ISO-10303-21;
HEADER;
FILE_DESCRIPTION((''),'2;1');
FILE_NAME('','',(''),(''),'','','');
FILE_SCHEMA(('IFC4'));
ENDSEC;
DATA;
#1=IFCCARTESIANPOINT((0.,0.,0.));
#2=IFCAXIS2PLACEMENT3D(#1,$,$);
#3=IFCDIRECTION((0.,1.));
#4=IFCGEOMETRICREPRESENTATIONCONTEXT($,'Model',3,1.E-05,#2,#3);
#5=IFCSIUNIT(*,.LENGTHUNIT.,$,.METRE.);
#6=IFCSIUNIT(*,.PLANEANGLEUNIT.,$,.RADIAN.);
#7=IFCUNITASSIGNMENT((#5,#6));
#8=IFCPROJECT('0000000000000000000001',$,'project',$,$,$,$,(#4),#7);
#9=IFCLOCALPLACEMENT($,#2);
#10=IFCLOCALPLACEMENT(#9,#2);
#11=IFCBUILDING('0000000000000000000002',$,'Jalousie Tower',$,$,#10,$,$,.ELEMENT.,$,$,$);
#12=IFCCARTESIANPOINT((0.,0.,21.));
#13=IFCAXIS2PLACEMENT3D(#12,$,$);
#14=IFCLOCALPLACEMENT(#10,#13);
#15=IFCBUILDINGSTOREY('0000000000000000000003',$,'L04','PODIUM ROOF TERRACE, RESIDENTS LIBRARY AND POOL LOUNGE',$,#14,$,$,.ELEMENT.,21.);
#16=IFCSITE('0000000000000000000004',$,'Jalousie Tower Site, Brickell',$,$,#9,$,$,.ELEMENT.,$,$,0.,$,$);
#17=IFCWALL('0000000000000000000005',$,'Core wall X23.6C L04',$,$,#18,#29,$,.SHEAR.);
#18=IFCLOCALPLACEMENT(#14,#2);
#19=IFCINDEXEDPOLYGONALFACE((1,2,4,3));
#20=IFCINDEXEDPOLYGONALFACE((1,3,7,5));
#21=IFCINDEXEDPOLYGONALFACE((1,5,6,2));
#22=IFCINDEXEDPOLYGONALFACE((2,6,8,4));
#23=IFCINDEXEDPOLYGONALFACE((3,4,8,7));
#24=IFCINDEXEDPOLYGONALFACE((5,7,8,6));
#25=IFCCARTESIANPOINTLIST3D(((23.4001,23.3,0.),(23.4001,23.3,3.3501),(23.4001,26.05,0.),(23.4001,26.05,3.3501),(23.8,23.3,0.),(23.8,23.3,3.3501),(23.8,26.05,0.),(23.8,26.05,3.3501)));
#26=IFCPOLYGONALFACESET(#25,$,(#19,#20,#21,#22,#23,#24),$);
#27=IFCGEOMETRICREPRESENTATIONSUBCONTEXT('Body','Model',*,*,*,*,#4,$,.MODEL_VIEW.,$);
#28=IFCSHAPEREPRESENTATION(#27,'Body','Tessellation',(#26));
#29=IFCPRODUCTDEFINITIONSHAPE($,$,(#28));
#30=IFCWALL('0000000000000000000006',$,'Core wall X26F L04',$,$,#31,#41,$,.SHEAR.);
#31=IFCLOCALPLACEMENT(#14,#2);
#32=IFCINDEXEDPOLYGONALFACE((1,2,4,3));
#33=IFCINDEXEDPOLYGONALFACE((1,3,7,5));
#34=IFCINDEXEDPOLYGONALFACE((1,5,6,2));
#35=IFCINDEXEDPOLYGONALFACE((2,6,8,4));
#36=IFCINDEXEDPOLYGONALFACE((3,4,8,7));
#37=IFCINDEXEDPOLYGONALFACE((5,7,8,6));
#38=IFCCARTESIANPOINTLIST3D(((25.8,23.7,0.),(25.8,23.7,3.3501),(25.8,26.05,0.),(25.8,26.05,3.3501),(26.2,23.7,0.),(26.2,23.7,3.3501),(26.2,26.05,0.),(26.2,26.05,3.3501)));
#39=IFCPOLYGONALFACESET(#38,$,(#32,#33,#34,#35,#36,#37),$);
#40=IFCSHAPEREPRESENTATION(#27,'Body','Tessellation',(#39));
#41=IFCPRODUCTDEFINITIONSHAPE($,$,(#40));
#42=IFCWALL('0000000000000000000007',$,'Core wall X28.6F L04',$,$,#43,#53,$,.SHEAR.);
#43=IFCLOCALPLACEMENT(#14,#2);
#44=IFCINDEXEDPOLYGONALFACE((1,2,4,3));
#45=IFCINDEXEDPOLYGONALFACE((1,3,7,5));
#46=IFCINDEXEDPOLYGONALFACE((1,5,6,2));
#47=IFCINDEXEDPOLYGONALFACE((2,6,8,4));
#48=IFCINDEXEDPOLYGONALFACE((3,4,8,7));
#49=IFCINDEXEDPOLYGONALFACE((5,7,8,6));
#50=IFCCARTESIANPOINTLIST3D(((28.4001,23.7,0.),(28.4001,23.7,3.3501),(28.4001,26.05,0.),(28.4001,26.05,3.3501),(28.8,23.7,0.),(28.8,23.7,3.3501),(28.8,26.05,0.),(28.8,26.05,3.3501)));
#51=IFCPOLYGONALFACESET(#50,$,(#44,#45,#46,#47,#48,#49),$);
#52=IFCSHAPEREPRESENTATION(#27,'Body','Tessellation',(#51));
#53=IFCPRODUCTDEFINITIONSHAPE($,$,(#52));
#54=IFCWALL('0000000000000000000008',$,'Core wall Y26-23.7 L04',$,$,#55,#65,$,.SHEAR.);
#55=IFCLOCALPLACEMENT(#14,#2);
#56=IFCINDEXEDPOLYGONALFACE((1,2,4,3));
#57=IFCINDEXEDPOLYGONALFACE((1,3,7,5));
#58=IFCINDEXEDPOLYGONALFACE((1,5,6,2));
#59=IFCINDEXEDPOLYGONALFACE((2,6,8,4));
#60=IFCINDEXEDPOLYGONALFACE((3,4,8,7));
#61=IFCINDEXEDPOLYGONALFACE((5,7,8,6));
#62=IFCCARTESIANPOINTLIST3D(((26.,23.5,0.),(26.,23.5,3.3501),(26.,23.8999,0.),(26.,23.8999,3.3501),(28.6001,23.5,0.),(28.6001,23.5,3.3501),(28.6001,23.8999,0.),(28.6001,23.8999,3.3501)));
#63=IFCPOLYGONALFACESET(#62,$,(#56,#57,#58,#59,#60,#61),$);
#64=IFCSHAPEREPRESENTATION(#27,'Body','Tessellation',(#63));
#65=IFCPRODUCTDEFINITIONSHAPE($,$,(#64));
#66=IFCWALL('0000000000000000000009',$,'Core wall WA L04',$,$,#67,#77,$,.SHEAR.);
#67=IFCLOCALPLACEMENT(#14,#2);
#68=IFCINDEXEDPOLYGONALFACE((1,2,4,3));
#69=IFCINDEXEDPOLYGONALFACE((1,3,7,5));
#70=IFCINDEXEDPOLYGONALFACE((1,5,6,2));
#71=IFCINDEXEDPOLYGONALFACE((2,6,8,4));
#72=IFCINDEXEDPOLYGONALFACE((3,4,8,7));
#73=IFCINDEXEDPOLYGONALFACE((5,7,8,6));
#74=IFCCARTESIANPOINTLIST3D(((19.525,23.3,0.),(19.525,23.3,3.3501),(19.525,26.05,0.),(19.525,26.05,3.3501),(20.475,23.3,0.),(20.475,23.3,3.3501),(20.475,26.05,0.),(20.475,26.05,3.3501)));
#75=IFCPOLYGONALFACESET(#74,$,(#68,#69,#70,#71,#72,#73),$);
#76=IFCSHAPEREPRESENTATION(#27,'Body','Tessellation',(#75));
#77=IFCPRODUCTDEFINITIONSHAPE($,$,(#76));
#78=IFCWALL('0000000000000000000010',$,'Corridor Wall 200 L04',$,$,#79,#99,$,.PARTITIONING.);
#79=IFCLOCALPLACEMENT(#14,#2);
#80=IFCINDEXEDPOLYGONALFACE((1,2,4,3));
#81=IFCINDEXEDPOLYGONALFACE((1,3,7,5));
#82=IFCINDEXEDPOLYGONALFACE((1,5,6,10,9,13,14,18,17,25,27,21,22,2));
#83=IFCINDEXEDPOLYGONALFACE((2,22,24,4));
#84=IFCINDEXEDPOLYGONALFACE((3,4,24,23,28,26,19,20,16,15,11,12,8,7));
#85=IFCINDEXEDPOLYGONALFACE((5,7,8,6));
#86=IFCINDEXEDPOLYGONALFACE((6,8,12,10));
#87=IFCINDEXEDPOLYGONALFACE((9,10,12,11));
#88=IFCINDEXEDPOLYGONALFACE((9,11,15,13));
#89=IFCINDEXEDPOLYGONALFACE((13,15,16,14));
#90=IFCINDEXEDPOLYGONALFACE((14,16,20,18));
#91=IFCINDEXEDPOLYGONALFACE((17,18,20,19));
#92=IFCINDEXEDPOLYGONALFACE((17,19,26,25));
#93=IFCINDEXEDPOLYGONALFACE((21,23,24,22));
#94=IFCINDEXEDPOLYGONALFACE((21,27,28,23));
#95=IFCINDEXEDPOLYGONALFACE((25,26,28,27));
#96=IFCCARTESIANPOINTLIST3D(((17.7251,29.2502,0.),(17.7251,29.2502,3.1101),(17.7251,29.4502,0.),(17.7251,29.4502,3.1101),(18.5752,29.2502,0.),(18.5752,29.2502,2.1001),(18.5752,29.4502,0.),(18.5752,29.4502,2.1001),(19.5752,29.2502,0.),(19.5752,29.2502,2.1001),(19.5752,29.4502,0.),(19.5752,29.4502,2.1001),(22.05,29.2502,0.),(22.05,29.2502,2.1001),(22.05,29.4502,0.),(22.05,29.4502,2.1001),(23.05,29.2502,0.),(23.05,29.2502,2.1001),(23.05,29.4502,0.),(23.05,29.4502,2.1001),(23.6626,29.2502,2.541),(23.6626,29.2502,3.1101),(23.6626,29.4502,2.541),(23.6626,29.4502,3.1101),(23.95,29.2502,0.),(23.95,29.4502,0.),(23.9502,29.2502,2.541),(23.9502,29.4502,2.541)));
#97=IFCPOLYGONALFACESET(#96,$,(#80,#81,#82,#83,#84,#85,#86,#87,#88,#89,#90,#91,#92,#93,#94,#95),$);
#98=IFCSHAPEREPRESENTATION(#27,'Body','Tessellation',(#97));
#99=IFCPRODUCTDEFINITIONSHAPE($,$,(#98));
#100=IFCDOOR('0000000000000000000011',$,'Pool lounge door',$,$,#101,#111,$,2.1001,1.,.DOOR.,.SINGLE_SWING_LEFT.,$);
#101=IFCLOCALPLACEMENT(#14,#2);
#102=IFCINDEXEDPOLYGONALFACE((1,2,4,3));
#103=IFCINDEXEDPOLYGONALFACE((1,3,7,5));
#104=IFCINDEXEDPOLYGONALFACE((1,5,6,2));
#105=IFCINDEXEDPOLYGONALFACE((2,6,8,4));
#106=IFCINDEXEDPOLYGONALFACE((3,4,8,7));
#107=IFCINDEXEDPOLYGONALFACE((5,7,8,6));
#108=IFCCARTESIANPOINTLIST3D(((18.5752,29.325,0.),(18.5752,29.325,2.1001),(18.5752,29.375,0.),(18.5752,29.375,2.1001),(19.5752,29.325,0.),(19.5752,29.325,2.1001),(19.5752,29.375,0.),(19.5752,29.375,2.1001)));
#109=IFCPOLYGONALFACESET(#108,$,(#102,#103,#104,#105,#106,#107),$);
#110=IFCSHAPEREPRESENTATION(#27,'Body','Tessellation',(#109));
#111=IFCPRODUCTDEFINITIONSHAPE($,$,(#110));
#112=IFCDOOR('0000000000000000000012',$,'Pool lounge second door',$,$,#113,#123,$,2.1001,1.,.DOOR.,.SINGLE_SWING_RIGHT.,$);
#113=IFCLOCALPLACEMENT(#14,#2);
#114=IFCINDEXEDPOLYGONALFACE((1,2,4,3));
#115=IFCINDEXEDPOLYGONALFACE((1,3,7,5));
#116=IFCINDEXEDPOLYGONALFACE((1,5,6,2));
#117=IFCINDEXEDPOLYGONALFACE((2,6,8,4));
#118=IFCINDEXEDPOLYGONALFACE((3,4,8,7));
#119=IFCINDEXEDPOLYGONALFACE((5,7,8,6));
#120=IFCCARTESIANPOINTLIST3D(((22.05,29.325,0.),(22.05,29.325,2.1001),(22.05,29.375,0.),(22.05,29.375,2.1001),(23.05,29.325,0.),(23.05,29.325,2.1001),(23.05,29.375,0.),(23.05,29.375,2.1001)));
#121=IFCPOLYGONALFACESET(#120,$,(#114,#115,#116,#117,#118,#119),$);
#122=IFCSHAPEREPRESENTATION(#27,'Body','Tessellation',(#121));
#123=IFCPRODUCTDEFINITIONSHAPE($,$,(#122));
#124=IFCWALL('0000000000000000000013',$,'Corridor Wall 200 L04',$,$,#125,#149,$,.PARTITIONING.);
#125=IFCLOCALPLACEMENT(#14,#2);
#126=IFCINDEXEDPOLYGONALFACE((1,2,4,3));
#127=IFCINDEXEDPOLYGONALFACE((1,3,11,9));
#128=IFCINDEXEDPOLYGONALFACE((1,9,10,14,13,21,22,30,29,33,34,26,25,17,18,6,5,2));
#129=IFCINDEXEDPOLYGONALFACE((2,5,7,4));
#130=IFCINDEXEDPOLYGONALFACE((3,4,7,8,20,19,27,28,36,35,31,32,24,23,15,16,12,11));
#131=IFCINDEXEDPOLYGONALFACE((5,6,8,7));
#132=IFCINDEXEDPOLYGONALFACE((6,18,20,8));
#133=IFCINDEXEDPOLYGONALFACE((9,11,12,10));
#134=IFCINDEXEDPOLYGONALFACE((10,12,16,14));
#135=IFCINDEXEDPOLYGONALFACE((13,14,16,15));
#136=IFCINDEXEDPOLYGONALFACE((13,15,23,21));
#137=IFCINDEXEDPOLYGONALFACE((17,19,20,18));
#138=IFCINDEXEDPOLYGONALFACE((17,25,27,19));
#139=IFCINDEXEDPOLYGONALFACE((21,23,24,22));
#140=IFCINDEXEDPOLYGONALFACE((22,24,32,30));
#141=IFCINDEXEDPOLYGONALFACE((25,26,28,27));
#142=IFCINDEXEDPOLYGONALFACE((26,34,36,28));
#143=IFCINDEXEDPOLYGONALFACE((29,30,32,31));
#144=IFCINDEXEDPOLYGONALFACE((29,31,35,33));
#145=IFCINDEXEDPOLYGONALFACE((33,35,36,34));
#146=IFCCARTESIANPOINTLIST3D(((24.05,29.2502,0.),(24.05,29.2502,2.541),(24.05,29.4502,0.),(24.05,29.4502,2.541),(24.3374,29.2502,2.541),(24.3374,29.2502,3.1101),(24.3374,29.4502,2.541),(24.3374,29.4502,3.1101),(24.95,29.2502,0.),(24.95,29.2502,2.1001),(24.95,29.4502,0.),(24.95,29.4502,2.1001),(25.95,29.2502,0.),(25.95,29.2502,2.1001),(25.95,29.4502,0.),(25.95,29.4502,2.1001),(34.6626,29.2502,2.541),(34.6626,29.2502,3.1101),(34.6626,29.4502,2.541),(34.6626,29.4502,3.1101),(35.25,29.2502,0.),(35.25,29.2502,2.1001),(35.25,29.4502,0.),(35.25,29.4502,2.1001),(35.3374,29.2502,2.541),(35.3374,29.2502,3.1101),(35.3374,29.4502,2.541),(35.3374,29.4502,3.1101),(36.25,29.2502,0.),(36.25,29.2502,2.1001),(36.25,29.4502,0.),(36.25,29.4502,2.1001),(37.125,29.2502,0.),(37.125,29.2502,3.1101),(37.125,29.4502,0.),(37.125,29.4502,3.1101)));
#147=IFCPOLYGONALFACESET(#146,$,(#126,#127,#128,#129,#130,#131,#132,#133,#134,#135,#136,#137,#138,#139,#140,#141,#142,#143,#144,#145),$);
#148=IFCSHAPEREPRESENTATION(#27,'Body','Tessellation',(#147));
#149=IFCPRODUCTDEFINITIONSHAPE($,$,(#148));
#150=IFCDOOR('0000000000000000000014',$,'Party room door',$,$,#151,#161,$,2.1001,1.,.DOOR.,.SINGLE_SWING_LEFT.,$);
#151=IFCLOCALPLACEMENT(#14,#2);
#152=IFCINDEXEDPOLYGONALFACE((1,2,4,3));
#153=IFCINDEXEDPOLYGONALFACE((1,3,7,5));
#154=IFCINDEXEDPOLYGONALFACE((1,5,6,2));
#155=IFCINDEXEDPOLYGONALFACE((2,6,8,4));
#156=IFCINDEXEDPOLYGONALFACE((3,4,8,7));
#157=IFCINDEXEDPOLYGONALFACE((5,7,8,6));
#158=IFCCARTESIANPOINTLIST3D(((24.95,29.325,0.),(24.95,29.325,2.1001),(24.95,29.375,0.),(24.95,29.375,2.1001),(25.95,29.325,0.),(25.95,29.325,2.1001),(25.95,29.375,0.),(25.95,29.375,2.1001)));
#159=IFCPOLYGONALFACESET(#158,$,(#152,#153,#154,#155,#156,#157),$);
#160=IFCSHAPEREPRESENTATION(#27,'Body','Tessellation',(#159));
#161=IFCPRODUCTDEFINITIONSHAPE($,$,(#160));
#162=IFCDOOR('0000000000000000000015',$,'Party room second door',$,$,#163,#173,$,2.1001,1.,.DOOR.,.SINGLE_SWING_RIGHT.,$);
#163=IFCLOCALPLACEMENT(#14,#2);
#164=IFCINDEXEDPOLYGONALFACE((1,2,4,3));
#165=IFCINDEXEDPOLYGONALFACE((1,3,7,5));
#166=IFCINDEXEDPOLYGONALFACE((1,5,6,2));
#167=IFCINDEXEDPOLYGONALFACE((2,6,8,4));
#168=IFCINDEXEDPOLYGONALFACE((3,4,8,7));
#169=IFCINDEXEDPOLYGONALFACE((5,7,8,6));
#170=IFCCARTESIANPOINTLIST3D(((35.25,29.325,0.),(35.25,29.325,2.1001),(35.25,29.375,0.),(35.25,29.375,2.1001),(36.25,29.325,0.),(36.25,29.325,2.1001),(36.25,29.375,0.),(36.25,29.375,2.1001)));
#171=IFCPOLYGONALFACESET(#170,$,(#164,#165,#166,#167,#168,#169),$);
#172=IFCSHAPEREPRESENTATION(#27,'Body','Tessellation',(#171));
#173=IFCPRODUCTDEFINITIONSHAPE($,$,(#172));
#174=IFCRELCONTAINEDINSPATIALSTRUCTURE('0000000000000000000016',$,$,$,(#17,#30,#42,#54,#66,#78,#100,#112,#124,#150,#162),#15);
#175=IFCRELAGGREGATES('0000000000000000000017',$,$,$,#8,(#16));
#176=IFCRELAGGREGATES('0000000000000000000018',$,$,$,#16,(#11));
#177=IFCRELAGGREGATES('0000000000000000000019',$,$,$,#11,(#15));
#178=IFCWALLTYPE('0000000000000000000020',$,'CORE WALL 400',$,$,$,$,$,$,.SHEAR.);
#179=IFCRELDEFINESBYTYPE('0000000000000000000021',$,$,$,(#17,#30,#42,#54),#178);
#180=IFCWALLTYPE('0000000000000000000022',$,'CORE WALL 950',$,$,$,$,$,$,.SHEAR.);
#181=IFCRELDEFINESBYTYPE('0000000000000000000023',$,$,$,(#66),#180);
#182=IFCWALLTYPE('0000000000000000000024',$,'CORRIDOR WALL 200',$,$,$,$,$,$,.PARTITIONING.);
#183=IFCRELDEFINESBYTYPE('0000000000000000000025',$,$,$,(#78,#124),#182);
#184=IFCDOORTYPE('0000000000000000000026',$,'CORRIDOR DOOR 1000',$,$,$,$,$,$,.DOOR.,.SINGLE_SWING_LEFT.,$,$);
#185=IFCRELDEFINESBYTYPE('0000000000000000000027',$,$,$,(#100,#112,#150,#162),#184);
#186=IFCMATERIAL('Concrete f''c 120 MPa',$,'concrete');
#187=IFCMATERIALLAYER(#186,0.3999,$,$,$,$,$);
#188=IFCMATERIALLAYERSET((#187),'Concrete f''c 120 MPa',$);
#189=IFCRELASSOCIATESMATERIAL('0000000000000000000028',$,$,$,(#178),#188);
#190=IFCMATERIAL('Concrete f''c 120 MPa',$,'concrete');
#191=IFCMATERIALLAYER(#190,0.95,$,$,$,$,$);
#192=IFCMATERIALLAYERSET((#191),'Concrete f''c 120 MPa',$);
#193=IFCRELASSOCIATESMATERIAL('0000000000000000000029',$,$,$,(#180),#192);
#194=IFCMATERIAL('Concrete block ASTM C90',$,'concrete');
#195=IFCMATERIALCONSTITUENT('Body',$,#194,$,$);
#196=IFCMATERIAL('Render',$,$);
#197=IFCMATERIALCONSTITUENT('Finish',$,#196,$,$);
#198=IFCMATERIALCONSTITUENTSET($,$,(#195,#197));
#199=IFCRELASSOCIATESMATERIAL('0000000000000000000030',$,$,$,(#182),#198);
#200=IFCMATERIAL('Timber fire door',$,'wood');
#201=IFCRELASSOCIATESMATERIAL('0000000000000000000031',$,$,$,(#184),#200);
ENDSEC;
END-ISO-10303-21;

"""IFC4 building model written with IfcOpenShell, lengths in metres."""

from ifc_helpers import new_model, si_unit, direction, frame, frame_2d, origin, place, context, subcontext, project, spatial, polyline, rectangle, outline, extrude, material, layer, layer_set, constituent, constituent_set, type_object, element, fill, save


model = new_model("IFC4")

# Units and contexts
model_context = context("Model", 3, precision=1e-05, world=origin(), true_north=direction((0.0, 1.0)))
body_context = subcontext(model_context, "Body", "Model", "MODEL_VIEW")
ifc_project = project(units=[si_unit("LENGTHUNIT", "METRE"), si_unit("PLANEANGLEUNIT", "RADIAN")], contexts=[model_context])

# Site, building, storey
site_placement = place(None, origin())
site = spatial("IfcSite", under=ifc_project, at=site_placement, Name="Jalousie Tower Site, Brickell", CompositionType="ELEMENT", RefElevation=0.0)
building_placement = place(site_placement, origin())
building = spatial("IfcBuilding", under=site, at=building_placement, Name="Jalousie Tower", CompositionType="ELEMENT")
storey_placement = place(building_placement, frame((0.0, 0.0, 21.0)))
storey = spatial("IfcBuildingStorey", under=building, at=storey_placement, Name="L04", Description="PODIUM ROOF TERRACE, RESIDENTS LIBRARY AND POOL LOUNGE", CompositionType="ELEMENT", Elevation=21.0)

# Walls
ifc_material_1 = material(Name="Concrete f'c 120 MPa", Category="concrete")
ifc_layer_1 = layer(ifc_material_1, 0.3999)
ifc_layer_set_1 = layer_set([ifc_layer_1], Name="Concrete f'c 120 MPa")
wall_type_1 = type_object("IfcWallType", Name="CORE WALL 400", PredefinedType="SHEAR", material=ifc_layer_set_1)
wall_1_placement = place(storey_placement, frame((23.6001, 23.3, 0.0), z_axis=(0.0, 0.0, 1.0), x_axis=(0.0, 1.0, 0.0)))
element("IfcWall", 1, at=wall_1_placement, inside=storey, type_object=wall_type_1, Name="Core wall X23.6C L04", PredefinedType="SHEAR", context=body_context, shape_type="SweptSolid", body=[
    extrude(rectangle(XDim=2.75, YDim=0.3999, at=frame_2d((1.375, 0.0))), origin(), (0.0, 0.0, 1.0), 3.3501),
])
for number, where, z_axis, x_axis, name in (
    (2, (26.0, 23.7, 0.0), (0.0, 0.0, 1.0), (0.0, 1.0, 0.0), "Core wall X26F L04"),
    (3, (28.6001, 23.7, 0.0), (0.0, 0.0, 1.0), (0.0, 1.0, 0.0), "Core wall X28.6F L04"),
):
    element("IfcWall", number, at=place(storey_placement, frame(where, z_axis=z_axis, x_axis=x_axis)), inside=storey, type_object=wall_type_1, Name=name, PredefinedType="SHEAR", context=body_context, shape_type="SweptSolid", body=[
        extrude(rectangle(XDim=2.3501, YDim=0.3999, at=frame_2d((1.175, 0.0))), origin(), (0.0, 0.0, 1.0), 3.3501),
    ])
wall_2_placement = place(storey_placement, frame((26.0, 23.7, 0.0), z_axis=(0.0, 0.0, 1.0), x_axis=(1.0, 0.0, 0.0)))
element("IfcWall", 4, at=wall_2_placement, inside=storey, type_object=wall_type_1, Name="Core wall Y26-23.7 L04", PredefinedType="SHEAR", context=body_context, shape_type="SweptSolid", body=[
    extrude(rectangle(XDim=2.6001, YDim=0.3999, at=frame_2d((1.3, 0.0))), origin(), (0.0, 0.0, 1.0), 3.3501),
])
ifc_material_2 = material(Name="Concrete f'c 120 MPa", Category="concrete")
ifc_layer_2 = layer(ifc_material_2, 0.95)
ifc_layer_set_2 = layer_set([ifc_layer_2], Name="Concrete f'c 120 MPa")
wall_type_2 = type_object("IfcWallType", Name="CORE WALL 950", PredefinedType="SHEAR", material=ifc_layer_set_2)
wall_3_placement = place(storey_placement, frame((20.0, 26.05, 0.0), z_axis=(0.0, 0.0, 1.0), x_axis=(0.0, -1.0, 0.0)))
element("IfcWall", 5, at=wall_3_placement, inside=storey, type_object=wall_type_2, Name="Core wall WA L04", PredefinedType="SHEAR", context=body_context, shape_type="SweptSolid", body=[
    extrude(rectangle(XDim=2.75, YDim=0.95, at=frame_2d((1.375, 0.0))), origin(), (0.0, 0.0, 1.0), 3.3501),
])

# Walls, openings, doors
ifc_material_3 = material(Name="Concrete block ASTM C90", Category="concrete")
ifc_constituent_1 = constituent(ifc_material_3, Name="Body")
ifc_material_4 = material(Name="Render")
ifc_constituent_2 = constituent(ifc_material_4, Name="Finish")
ifc_constituent_set_1 = constituent_set(constituents=[ifc_constituent_1, ifc_constituent_2])
wall_type_3 = type_object("IfcWallType", Name="CORRIDOR WALL 200", PredefinedType="PARTITIONING", material=ifc_constituent_set_1)
wall_4_placement = place(storey_placement, frame((17.7251, 29.3501, 0.0), z_axis=(0.0, 0.0, 1.0), x_axis=(1.0, 0.0, 0.0)))
wall_4 = element("IfcWall", 6, at=wall_4_placement, inside=storey, type_object=wall_type_3, Name="Corridor Wall 200 L04", PredefinedType="PARTITIONING", context=body_context, shape_type="SweptSolid", body=[
    extrude(outline(polyline([(0.0, 0.0), (6.2249, 0.0), (6.2251, 3.1101), (6.2251, 2.541), (5.9375, 2.541), (5.9375, 3.1101), (0.0, 3.1101), (0.0, 0.0)])), frame((0.0, 0.1001, 0.0), z_axis=(0.0, -1.0, 0.0), x_axis=(1.0, 0.0, 0.0)), (0.0, 0.0, 1.0), 0.2),
])
opening_1_placement = place(wall_4_placement, frame((0.8501, 0.0, 0.0)))
opening_1 = element("IfcOpeningElement", 7, at=opening_1_placement, cuts=wall_4, PredefinedType="OPENING", context=body_context, shape_type="SweptSolid", body=[
    extrude(rectangle(XDim=1.0, YDim=2.1001, at=frame_2d((0.5, 1.05))), frame((0.0, 0.1099, 0.0), z_axis=(0.0, -1.0, 0.0), x_axis=(1.0, 0.0, 0.0)), (0.0, 0.0, 1.0), 0.22),
])
opening_2_placement = place(wall_4_placement, frame((4.325, 0.0, 0.0)))
opening_2 = element("IfcOpeningElement", 8, at=opening_2_placement, cuts=wall_4, PredefinedType="OPENING", context=body_context, shape_type="SweptSolid", body=[
    extrude(rectangle(XDim=1.0, YDim=2.1001, at=frame_2d((0.5, 1.05))), frame((0.0, 0.1099, 0.0), z_axis=(0.0, -1.0, 0.0), x_axis=(1.0, 0.0, 0.0)), (0.0, 0.0, 1.0), 0.22),
])
ifc_material_5 = material(Name="Timber fire door", Category="wood")
door_type_1 = type_object("IfcDoorType", Name="CORRIDOR DOOR 1000", OperationType="SINGLE_SWING_LEFT", PredefinedType="DOOR", material=ifc_material_5)
door_1_placement = place(opening_1_placement, origin())
door_1 = element("IfcDoor", 9, at=door_1_placement, inside=storey, type_object=door_type_1, Name="Pool lounge door", OperationType="SINGLE_SWING_LEFT", OverallHeight=2.1001, OverallWidth=1.0, PredefinedType="DOOR", context=body_context, shape_type="SweptSolid", body=[
    extrude(rectangle(XDim=1.0, YDim=2.1001, at=frame_2d((0.5, 1.05))), frame((0.0, 0.0249, 0.0), z_axis=(0.0, -1.0, 0.0), x_axis=(1.0, 0.0, 0.0)), (0.0, 0.0, 1.0), 0.05),
])
fill(opening_1, door_1)
door_2_placement = place(opening_2_placement, origin())
door_2 = element("IfcDoor", 10, at=door_2_placement, inside=storey, type_object=door_type_1, Name="Pool lounge second door", OperationType="SINGLE_SWING_RIGHT", OverallHeight=2.1001, OverallWidth=1.0, PredefinedType="DOOR", context=body_context, shape_type="SweptSolid", body=[
    extrude(rectangle(XDim=1.0, YDim=2.1001, at=frame_2d((0.5, 1.05))), frame((0.0, 0.0249, 0.0), z_axis=(0.0, -1.0, 0.0), x_axis=(1.0, 0.0, 0.0)), (0.0, 0.0, 1.0), 0.05),
])
fill(opening_2, door_2)
wall_5_placement = place(storey_placement, frame((24.05, 29.3501, 0.0), z_axis=(0.0, 0.0, 1.0), x_axis=(1.0, 0.0, 0.0)))
wall_5 = element("IfcWall", 11, at=wall_5_placement, inside=storey, type_object=wall_type_3, Name="Corridor Wall 200 L04", PredefinedType="PARTITIONING", context=body_context, shape_type="SweptSolid", body=[
    extrude(outline(polyline([(0.0, 0.0), (13.075, 0.0), (13.075, 3.1101), (11.2874, 3.1101), (11.2874, 2.541), (10.6125, 2.541), (10.6125, 3.1101), (0.2874, 3.1101), (0.2874, 2.541), (0.0, 2.541), (0.0, 3.1101), (0.0, 0.0)])), frame((0.0, 0.1001, 0.0), z_axis=(0.0, -1.0, 0.0), x_axis=(1.0, 0.0, 0.0)), (0.0, 0.0, 1.0), 0.2),
])
opening_3_placement = place(wall_5_placement, frame((0.8999, 0.0, 0.0)))
opening_3 = element("IfcOpeningElement", 12, at=opening_3_placement, cuts=wall_5, PredefinedType="OPENING", context=body_context, shape_type="SweptSolid", body=[
    extrude(rectangle(XDim=1.0, YDim=2.1001, at=frame_2d((0.5, 1.05))), frame((0.0, 0.1099, 0.0), z_axis=(0.0, -1.0, 0.0), x_axis=(1.0, 0.0, 0.0)), (0.0, 0.0, 1.0), 0.22),
])
opening_4_placement = place(wall_5_placement, frame((11.2, 0.0, 0.0)))
opening_4 = element("IfcOpeningElement", 13, at=opening_4_placement, cuts=wall_5, PredefinedType="OPENING", context=body_context, shape_type="SweptSolid", body=[
    extrude(rectangle(XDim=1.0, YDim=2.1001, at=frame_2d((0.5, 1.05))), frame((0.0, 0.1099, 0.0), z_axis=(0.0, -1.0, 0.0), x_axis=(1.0, 0.0, 0.0)), (0.0, 0.0, 1.0), 0.22),
])
door_3_placement = place(opening_3_placement, origin())
door_3 = element("IfcDoor", 14, at=door_3_placement, inside=storey, type_object=door_type_1, Name="Party room door", OperationType="SINGLE_SWING_LEFT", OverallHeight=2.1001, OverallWidth=1.0, PredefinedType="DOOR", context=body_context, shape_type="SweptSolid", body=[
    extrude(rectangle(XDim=1.0, YDim=2.1001, at=frame_2d((0.5, 1.05))), frame((0.0, 0.0249, 0.0), z_axis=(0.0, -1.0, 0.0), x_axis=(1.0, 0.0, 0.0)), (0.0, 0.0, 1.0), 0.05),
])
fill(opening_3, door_3)
door_4_placement = place(opening_4_placement, origin())
door_4 = element("IfcDoor", 15, at=door_4_placement, inside=storey, type_object=door_type_1, Name="Party room second door", OperationType="SINGLE_SWING_RIGHT", OverallHeight=2.1001, OverallWidth=1.0, PredefinedType="DOOR", context=body_context, shape_type="SweptSolid", body=[
    extrude(rectangle(XDim=1.0, YDim=2.1001, at=frame_2d((0.5, 1.05))), frame((0.0, 0.0249, 0.0), z_axis=(0.0, -1.0, 0.0), x_axis=(1.0, 0.0, 0.0)), (0.0, 0.0, 1.0), 0.05),
])
fill(opening_4, door_4)

save(model, "model.ifc")
